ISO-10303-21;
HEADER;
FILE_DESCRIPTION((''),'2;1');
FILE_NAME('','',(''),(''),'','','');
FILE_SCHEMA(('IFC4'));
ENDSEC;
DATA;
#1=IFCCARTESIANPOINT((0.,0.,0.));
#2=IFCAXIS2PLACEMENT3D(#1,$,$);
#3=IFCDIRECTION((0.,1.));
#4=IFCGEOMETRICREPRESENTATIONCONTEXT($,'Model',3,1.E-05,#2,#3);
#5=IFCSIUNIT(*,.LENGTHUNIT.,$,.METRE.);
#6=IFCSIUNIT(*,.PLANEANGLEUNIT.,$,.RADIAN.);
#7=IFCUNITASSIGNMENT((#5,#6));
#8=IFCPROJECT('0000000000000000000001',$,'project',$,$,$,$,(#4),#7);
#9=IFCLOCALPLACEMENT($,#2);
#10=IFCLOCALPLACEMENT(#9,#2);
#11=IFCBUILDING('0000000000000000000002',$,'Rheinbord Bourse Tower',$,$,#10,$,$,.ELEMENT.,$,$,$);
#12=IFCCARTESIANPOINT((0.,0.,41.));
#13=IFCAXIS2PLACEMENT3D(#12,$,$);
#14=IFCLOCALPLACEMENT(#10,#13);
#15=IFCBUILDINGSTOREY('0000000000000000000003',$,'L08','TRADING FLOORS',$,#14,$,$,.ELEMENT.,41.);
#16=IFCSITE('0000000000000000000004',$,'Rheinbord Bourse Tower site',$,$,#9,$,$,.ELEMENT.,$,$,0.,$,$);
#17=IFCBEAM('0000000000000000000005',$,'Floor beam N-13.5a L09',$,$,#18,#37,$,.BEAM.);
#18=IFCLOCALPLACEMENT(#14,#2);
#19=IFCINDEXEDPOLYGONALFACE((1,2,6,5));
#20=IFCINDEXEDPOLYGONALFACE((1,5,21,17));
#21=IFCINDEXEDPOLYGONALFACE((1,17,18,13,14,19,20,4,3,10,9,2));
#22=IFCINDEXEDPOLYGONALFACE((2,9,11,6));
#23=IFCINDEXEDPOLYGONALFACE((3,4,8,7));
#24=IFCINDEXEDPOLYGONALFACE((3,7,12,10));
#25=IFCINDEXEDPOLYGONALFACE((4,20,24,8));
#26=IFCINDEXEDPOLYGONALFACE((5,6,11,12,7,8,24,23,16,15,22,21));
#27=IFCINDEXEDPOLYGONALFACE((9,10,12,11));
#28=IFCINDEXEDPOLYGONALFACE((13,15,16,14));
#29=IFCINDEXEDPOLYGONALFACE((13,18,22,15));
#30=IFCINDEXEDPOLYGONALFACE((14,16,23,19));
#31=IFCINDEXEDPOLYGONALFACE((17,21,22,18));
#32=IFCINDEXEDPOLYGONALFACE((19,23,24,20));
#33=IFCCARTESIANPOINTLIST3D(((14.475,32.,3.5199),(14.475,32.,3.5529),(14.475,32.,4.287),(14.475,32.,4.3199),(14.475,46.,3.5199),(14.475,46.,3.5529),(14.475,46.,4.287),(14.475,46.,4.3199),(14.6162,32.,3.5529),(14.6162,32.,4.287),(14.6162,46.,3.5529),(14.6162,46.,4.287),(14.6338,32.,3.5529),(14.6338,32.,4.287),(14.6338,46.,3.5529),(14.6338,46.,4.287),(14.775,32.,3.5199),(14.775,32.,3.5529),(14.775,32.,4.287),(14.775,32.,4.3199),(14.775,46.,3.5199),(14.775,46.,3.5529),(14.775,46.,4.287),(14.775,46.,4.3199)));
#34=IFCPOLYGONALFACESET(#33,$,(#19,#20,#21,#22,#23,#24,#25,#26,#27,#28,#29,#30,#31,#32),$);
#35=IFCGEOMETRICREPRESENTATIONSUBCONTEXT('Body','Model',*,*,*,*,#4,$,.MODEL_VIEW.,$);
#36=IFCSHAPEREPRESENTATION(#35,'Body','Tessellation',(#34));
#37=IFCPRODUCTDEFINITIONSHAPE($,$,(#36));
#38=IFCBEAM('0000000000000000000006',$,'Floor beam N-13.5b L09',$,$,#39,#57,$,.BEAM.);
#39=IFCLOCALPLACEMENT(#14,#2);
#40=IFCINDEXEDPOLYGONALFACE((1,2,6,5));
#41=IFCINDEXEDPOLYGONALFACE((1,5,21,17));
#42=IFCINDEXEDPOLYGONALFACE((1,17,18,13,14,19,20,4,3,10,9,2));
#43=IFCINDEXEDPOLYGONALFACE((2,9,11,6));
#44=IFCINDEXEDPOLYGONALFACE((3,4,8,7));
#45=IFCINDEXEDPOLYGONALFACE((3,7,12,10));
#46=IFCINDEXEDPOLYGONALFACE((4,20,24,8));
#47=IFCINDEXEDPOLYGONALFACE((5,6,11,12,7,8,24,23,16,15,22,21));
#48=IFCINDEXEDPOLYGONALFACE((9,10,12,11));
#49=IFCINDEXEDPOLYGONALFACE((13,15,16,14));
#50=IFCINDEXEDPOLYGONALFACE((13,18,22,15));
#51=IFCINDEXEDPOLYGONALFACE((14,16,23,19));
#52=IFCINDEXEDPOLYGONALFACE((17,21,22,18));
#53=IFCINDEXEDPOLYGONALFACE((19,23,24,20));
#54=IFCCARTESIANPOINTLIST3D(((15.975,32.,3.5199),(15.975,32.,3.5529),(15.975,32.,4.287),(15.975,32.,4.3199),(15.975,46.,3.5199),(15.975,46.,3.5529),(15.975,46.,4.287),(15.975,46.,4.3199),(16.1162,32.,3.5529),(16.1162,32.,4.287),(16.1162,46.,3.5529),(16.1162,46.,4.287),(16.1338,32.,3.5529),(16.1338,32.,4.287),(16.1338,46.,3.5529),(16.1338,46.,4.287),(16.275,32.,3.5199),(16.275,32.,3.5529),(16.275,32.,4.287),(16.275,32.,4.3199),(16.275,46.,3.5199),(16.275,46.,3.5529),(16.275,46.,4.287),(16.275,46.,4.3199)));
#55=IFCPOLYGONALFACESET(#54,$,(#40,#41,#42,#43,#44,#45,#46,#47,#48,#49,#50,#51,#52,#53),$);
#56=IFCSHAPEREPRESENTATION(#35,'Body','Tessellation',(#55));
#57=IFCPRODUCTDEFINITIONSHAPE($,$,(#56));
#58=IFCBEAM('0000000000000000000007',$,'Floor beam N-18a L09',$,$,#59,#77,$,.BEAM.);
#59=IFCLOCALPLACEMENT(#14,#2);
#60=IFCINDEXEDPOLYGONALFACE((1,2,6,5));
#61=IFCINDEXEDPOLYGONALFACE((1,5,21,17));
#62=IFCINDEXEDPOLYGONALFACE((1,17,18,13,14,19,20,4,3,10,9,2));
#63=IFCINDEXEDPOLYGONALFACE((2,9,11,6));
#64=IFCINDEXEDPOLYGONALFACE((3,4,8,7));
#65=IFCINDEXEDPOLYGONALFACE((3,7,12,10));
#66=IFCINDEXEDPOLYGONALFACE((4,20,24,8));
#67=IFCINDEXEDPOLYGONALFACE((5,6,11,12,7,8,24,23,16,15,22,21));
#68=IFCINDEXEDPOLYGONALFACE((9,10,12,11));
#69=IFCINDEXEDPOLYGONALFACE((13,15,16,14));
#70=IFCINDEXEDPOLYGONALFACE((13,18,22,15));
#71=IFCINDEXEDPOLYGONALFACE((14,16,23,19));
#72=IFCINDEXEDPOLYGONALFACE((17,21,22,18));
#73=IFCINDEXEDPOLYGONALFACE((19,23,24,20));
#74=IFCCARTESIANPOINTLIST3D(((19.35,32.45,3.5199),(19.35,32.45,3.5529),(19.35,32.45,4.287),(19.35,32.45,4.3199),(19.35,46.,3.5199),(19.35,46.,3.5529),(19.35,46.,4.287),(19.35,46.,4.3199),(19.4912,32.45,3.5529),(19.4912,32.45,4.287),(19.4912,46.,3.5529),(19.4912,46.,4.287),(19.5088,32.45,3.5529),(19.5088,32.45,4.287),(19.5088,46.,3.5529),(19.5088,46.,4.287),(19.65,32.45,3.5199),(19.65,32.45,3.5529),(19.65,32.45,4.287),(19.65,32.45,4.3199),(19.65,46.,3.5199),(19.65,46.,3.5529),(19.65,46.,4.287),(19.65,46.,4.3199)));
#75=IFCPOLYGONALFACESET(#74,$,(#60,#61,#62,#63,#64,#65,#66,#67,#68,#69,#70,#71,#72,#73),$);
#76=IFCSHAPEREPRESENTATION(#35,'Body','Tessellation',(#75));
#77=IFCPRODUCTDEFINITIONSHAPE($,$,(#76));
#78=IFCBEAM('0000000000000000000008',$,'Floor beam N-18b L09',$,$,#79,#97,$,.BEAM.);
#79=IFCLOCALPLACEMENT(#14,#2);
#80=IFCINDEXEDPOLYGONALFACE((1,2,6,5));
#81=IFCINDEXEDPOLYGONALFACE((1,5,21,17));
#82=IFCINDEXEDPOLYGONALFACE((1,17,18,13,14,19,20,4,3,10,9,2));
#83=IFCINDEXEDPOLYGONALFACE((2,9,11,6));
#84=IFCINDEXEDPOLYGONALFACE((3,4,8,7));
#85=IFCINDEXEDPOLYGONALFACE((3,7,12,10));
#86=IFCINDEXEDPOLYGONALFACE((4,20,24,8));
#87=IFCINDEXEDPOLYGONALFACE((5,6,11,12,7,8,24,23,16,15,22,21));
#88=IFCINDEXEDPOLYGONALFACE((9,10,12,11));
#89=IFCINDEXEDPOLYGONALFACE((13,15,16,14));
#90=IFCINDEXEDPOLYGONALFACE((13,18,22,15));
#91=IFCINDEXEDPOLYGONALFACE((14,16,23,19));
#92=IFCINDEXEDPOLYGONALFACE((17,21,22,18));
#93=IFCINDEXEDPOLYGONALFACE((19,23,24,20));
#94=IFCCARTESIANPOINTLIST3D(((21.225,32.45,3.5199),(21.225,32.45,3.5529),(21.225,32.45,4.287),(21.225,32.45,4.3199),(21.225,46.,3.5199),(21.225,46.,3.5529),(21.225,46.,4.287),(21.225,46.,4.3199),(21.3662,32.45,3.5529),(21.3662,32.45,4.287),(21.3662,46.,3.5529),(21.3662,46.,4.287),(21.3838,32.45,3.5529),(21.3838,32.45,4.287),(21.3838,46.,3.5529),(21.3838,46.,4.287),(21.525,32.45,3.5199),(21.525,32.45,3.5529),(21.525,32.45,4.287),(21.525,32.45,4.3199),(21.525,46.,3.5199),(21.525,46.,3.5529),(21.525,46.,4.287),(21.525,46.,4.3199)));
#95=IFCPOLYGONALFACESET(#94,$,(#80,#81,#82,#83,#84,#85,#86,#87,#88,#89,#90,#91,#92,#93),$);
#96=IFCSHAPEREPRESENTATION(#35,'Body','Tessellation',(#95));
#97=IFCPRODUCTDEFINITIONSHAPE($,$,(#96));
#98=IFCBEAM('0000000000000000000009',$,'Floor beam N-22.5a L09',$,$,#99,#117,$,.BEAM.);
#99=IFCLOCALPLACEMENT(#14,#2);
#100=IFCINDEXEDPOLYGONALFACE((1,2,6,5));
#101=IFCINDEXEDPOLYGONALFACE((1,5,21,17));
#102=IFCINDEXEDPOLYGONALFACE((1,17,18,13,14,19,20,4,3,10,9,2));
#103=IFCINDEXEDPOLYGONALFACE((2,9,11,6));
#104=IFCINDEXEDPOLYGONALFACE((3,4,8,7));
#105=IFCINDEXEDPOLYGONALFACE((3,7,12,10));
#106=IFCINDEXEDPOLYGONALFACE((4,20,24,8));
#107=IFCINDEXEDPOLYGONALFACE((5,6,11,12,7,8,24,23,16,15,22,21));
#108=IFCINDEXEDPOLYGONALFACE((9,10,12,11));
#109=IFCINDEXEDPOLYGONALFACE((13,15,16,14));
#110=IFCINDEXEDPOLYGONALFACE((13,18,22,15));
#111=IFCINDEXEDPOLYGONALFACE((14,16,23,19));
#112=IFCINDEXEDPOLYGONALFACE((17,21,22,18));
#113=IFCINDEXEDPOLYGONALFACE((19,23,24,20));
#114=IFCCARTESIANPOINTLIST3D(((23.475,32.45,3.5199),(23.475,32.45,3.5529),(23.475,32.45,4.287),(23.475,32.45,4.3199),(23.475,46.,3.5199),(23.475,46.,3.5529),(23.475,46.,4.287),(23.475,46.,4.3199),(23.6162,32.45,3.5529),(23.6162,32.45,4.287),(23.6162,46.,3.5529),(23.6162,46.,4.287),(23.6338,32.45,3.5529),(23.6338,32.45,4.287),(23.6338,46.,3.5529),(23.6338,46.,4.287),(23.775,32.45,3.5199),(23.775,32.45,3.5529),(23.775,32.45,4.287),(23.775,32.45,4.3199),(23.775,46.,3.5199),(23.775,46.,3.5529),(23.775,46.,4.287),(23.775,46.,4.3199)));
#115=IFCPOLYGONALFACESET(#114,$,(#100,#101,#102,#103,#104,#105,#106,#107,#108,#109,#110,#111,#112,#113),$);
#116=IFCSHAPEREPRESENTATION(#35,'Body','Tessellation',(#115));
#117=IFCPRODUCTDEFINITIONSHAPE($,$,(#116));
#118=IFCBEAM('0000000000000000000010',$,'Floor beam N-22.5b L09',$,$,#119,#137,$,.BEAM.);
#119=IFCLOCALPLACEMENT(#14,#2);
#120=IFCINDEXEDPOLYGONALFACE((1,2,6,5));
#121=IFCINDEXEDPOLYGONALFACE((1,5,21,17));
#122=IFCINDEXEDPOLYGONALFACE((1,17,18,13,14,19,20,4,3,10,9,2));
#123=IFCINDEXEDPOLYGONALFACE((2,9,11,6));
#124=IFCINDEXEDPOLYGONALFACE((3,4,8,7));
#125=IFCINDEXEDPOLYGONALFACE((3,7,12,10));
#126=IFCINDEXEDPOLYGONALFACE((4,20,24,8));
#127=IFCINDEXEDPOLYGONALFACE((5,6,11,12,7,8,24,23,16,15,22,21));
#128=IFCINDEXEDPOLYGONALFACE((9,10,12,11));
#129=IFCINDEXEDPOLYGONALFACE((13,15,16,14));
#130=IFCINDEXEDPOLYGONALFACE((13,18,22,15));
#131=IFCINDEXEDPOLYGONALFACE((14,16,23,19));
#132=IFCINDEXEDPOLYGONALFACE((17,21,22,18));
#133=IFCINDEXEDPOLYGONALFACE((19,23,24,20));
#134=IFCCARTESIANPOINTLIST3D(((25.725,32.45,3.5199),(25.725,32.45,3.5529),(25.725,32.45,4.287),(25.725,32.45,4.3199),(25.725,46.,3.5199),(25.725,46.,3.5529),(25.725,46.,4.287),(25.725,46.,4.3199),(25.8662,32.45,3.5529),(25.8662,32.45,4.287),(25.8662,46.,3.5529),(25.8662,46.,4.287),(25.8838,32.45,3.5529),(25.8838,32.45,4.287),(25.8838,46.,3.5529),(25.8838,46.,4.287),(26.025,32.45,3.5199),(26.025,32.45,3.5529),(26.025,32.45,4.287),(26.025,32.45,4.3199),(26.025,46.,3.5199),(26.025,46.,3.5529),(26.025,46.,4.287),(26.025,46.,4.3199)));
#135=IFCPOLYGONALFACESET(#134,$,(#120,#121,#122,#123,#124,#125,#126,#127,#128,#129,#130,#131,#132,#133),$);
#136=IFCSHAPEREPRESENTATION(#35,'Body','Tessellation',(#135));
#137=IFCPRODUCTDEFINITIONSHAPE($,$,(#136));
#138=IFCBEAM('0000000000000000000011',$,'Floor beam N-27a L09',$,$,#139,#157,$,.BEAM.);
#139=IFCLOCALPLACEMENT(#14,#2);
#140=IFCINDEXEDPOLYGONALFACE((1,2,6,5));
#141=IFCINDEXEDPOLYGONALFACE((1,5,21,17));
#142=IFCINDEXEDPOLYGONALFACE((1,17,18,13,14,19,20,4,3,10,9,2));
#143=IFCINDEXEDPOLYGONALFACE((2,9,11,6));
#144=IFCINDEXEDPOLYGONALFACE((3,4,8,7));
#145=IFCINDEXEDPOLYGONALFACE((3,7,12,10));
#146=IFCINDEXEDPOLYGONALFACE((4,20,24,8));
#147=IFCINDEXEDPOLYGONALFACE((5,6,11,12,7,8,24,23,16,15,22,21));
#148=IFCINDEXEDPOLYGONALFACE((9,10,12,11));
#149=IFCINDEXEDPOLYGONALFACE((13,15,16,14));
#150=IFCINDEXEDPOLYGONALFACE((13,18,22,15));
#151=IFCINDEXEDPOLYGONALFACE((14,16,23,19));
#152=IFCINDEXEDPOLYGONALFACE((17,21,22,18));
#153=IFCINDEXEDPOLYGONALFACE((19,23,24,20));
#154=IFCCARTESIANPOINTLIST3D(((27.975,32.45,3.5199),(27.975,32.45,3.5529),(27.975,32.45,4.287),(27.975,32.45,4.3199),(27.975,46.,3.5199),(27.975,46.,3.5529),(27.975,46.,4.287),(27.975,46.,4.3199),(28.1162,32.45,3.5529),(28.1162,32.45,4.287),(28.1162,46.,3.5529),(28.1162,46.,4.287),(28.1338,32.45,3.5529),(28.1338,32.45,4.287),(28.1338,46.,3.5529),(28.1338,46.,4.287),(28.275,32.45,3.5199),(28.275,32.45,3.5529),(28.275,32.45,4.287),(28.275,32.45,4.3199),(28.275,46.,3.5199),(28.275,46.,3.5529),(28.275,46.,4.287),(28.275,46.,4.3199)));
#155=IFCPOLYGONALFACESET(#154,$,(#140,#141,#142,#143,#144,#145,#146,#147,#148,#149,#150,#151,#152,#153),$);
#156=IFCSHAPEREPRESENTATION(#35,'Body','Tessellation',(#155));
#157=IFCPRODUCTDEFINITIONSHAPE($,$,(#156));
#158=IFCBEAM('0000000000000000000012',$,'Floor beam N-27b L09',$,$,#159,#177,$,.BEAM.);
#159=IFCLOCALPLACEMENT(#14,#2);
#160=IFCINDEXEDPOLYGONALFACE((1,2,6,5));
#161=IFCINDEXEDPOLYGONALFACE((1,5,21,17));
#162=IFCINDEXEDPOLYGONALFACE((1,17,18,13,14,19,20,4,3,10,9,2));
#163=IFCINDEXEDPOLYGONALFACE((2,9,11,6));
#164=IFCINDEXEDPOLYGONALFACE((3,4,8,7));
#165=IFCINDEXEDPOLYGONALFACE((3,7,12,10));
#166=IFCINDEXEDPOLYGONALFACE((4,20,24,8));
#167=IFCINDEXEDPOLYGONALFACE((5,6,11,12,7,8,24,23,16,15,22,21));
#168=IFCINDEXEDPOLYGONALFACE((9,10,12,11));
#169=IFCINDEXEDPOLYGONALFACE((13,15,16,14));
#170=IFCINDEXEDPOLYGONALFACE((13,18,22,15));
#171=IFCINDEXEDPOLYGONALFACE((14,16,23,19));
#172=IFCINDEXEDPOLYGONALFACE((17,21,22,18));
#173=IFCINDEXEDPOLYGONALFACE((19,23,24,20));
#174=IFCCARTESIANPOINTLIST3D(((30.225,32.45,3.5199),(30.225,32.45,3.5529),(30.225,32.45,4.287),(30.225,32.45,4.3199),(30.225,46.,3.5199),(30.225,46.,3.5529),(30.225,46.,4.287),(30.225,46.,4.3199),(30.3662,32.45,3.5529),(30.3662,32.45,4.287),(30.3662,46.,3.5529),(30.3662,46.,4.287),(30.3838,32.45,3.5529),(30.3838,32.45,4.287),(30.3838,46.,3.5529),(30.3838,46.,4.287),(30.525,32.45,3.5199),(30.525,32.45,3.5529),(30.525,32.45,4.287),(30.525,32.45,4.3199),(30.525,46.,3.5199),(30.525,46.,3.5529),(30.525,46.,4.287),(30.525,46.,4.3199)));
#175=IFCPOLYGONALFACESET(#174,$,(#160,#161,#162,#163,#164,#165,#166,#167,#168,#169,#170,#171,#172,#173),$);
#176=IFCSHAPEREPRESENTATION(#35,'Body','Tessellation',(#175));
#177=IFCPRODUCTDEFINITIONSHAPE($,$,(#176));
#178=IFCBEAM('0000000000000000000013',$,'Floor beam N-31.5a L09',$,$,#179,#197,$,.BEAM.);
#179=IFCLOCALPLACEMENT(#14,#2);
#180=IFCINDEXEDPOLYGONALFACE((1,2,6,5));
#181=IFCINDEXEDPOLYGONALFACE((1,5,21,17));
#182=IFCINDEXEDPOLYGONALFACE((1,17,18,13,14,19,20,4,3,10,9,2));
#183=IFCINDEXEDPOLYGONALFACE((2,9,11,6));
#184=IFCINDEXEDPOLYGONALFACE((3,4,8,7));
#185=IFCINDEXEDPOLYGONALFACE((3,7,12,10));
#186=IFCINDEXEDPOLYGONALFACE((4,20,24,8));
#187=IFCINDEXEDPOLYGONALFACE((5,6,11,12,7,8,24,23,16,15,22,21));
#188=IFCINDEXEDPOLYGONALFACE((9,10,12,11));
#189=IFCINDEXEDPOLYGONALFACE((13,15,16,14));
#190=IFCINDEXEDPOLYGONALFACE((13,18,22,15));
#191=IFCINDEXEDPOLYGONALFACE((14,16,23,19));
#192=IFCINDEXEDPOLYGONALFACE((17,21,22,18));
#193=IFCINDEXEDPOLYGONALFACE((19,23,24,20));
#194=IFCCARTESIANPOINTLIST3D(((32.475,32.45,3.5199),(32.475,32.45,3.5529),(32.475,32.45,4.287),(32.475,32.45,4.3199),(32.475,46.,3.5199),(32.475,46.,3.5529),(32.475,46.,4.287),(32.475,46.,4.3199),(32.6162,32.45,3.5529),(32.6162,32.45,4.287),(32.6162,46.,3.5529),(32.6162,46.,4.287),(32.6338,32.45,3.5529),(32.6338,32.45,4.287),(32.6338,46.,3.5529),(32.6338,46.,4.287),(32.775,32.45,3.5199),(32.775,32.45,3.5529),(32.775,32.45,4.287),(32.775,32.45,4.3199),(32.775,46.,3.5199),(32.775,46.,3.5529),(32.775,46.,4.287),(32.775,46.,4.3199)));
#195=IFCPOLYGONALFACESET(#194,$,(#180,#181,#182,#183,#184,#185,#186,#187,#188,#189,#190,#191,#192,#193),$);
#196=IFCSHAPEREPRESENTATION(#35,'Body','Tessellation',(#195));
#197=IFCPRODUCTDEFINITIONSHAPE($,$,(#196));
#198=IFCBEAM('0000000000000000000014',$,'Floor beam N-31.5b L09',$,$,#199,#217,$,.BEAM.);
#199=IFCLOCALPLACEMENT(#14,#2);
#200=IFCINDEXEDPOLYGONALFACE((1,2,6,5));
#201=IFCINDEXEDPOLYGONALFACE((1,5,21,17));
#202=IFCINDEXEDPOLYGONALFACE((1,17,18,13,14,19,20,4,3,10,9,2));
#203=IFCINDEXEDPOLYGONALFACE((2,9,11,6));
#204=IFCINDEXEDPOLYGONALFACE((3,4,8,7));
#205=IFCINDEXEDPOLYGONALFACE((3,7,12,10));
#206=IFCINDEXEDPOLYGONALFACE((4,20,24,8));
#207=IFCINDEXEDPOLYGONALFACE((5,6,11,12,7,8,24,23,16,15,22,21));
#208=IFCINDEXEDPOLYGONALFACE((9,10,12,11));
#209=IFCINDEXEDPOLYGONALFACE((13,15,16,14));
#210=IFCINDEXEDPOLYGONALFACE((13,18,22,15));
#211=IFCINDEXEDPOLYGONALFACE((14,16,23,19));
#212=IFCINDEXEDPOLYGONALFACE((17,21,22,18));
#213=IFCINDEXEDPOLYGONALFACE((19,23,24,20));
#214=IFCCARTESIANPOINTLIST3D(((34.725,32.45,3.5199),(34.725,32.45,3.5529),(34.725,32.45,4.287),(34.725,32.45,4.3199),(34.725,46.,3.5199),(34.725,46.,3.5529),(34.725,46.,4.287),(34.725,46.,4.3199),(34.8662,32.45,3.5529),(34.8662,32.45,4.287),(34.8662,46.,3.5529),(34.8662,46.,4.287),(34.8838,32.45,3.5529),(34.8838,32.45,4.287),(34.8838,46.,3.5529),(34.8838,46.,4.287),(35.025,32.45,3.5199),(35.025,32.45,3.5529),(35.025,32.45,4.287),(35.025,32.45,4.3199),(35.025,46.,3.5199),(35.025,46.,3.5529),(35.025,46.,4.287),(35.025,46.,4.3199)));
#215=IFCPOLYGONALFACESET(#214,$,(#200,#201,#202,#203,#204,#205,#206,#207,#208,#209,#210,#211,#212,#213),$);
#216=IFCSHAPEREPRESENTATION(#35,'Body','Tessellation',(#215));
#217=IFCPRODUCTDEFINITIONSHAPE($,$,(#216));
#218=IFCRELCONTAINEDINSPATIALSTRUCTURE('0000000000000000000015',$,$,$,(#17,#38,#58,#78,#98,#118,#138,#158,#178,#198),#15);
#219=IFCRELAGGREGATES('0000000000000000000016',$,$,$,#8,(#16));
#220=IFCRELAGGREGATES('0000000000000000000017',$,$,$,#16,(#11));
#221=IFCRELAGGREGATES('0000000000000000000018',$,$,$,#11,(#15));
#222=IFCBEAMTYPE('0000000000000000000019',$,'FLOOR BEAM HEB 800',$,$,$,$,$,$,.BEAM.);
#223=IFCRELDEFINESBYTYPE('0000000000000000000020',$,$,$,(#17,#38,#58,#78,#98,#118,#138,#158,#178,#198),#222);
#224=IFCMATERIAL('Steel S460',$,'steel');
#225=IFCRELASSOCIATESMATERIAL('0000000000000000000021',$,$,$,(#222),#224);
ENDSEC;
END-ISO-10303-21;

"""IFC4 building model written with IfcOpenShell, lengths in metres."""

from ifc_helpers import new_model, si_unit, direction, frame, origin, origin_2d, place, context, subcontext, project, spatial, i_section, extrude, material, material_profile, profile_set, type_object, element, save


model = new_model("IFC4")

# Units and contexts
model_context = context("Model", 3, precision=1e-05, world=origin(), true_north=direction((0.0, 1.0)))
body_context = subcontext(model_context, "Body", "Model", "MODEL_VIEW")
ifc_project = project(units=[si_unit("LENGTHUNIT", "METRE"), si_unit("PLANEANGLEUNIT", "RADIAN")], contexts=[model_context])

# Site, building, storey
site_placement = place(None, origin())
site = spatial("IfcSite", under=ifc_project, at=site_placement, Name="Rheinbord Bourse Tower site", CompositionType="ELEMENT", RefElevation=0.0)
building_placement = place(site_placement, origin())
building = spatial("IfcBuilding", under=site, at=building_placement, Name="Rheinbord Bourse Tower", CompositionType="ELEMENT")
storey_placement = place(building_placement, frame((0.0, 0.0, 41.0)))
storey = spatial("IfcBuildingStorey", under=building, at=storey_placement, Name="L08", Description="TRADING FLOORS", CompositionType="ELEMENT", Elevation=41.0)

# Beams
ifc_material_1 = material(Name="Steel S460", Category="steel")
ifc_material_profile_1 = material_profile(ifc_material_1, i_section(OverallWidth=0.3, OverallDepth=0.8, WebThickness=0.0176, FlangeThickness=0.033, at=origin_2d()), Name="HEB 800")
ifc_profile_set_1 = profile_set([ifc_material_profile_1], Name="Steel S460")
beam_type_1 = type_object("IfcBeamType", Name="FLOOR BEAM HEB 800", PredefinedType="BEAM", material=ifc_profile_set_1)
for number, where, z_axis, x_axis, name in (
    (1, (14.625, 46.0, 3.9199), (0.0, -1.0, 0.0), (1.0, 0.0, 0.0), "Floor beam N-13.5a L09"),
    (2, (16.125, 46.0, 3.9199), (0.0, -1.0, 0.0), (1.0, 0.0, 0.0), "Floor beam N-13.5b L09"),
):
    element("IfcBeam", number, at=place(storey_placement, frame(where, z_axis=z_axis, x_axis=x_axis)), inside=storey, type_object=beam_type_1, Name=name, PredefinedType="BEAM", context=body_context, shape_type="SweptSolid", body=[
        extrude(i_section(OverallWidth=0.3, OverallDepth=0.8, WebThickness=0.0176, FlangeThickness=0.033, at=origin_2d()), origin(), (0.0, 0.0, 1.0), 14.0),
    ])
for number, where, z_axis, x_axis, name in (
    (3, (19.5, 46.0, 3.9199), (0.0, -1.0, 0.0), (1.0, 0.0, 0.0), "Floor beam N-18a L09"),
    (4, (21.375, 46.0, 3.9199), (0.0, -1.0, 0.0), (1.0, 0.0, 0.0), "Floor beam N-18b L09"),
    (5, (23.625, 46.0, 3.9199), (0.0, -1.0, 0.0), (1.0, 0.0, 0.0), "Floor beam N-22.5a L09"),
    (6, (25.875, 46.0, 3.9199), (0.0, -1.0, 0.0), (1.0, 0.0, 0.0), "Floor beam N-22.5b L09"),
    (7, (28.125, 46.0, 3.9199), (0.0, -1.0, 0.0), (1.0, 0.0, 0.0), "Floor beam N-27a L09"),
    (8, (30.375, 46.0, 3.9199), (0.0, -1.0, 0.0), (1.0, 0.0, 0.0), "Floor beam N-27b L09"),
    (9, (32.625, 46.0, 3.9199), (0.0, -1.0, 0.0), (1.0, 0.0, 0.0), "Floor beam N-31.5a L09"),
    (10, (34.875, 46.0, 3.9199), (0.0, -1.0, 0.0), (1.0, 0.0, 0.0), "Floor beam N-31.5b L09"),
):
    element("IfcBeam", number, at=place(storey_placement, frame(where, z_axis=z_axis, x_axis=x_axis)), inside=storey, type_object=beam_type_1, Name=name, PredefinedType="BEAM", context=body_context, shape_type="SweptSolid", body=[
        extrude(i_section(OverallWidth=0.3, OverallDepth=0.8, WebThickness=0.0176, FlangeThickness=0.033, at=origin_2d()), origin(), (0.0, 0.0, 1.0), 13.55),
    ])

save(model, "model.ifc")
